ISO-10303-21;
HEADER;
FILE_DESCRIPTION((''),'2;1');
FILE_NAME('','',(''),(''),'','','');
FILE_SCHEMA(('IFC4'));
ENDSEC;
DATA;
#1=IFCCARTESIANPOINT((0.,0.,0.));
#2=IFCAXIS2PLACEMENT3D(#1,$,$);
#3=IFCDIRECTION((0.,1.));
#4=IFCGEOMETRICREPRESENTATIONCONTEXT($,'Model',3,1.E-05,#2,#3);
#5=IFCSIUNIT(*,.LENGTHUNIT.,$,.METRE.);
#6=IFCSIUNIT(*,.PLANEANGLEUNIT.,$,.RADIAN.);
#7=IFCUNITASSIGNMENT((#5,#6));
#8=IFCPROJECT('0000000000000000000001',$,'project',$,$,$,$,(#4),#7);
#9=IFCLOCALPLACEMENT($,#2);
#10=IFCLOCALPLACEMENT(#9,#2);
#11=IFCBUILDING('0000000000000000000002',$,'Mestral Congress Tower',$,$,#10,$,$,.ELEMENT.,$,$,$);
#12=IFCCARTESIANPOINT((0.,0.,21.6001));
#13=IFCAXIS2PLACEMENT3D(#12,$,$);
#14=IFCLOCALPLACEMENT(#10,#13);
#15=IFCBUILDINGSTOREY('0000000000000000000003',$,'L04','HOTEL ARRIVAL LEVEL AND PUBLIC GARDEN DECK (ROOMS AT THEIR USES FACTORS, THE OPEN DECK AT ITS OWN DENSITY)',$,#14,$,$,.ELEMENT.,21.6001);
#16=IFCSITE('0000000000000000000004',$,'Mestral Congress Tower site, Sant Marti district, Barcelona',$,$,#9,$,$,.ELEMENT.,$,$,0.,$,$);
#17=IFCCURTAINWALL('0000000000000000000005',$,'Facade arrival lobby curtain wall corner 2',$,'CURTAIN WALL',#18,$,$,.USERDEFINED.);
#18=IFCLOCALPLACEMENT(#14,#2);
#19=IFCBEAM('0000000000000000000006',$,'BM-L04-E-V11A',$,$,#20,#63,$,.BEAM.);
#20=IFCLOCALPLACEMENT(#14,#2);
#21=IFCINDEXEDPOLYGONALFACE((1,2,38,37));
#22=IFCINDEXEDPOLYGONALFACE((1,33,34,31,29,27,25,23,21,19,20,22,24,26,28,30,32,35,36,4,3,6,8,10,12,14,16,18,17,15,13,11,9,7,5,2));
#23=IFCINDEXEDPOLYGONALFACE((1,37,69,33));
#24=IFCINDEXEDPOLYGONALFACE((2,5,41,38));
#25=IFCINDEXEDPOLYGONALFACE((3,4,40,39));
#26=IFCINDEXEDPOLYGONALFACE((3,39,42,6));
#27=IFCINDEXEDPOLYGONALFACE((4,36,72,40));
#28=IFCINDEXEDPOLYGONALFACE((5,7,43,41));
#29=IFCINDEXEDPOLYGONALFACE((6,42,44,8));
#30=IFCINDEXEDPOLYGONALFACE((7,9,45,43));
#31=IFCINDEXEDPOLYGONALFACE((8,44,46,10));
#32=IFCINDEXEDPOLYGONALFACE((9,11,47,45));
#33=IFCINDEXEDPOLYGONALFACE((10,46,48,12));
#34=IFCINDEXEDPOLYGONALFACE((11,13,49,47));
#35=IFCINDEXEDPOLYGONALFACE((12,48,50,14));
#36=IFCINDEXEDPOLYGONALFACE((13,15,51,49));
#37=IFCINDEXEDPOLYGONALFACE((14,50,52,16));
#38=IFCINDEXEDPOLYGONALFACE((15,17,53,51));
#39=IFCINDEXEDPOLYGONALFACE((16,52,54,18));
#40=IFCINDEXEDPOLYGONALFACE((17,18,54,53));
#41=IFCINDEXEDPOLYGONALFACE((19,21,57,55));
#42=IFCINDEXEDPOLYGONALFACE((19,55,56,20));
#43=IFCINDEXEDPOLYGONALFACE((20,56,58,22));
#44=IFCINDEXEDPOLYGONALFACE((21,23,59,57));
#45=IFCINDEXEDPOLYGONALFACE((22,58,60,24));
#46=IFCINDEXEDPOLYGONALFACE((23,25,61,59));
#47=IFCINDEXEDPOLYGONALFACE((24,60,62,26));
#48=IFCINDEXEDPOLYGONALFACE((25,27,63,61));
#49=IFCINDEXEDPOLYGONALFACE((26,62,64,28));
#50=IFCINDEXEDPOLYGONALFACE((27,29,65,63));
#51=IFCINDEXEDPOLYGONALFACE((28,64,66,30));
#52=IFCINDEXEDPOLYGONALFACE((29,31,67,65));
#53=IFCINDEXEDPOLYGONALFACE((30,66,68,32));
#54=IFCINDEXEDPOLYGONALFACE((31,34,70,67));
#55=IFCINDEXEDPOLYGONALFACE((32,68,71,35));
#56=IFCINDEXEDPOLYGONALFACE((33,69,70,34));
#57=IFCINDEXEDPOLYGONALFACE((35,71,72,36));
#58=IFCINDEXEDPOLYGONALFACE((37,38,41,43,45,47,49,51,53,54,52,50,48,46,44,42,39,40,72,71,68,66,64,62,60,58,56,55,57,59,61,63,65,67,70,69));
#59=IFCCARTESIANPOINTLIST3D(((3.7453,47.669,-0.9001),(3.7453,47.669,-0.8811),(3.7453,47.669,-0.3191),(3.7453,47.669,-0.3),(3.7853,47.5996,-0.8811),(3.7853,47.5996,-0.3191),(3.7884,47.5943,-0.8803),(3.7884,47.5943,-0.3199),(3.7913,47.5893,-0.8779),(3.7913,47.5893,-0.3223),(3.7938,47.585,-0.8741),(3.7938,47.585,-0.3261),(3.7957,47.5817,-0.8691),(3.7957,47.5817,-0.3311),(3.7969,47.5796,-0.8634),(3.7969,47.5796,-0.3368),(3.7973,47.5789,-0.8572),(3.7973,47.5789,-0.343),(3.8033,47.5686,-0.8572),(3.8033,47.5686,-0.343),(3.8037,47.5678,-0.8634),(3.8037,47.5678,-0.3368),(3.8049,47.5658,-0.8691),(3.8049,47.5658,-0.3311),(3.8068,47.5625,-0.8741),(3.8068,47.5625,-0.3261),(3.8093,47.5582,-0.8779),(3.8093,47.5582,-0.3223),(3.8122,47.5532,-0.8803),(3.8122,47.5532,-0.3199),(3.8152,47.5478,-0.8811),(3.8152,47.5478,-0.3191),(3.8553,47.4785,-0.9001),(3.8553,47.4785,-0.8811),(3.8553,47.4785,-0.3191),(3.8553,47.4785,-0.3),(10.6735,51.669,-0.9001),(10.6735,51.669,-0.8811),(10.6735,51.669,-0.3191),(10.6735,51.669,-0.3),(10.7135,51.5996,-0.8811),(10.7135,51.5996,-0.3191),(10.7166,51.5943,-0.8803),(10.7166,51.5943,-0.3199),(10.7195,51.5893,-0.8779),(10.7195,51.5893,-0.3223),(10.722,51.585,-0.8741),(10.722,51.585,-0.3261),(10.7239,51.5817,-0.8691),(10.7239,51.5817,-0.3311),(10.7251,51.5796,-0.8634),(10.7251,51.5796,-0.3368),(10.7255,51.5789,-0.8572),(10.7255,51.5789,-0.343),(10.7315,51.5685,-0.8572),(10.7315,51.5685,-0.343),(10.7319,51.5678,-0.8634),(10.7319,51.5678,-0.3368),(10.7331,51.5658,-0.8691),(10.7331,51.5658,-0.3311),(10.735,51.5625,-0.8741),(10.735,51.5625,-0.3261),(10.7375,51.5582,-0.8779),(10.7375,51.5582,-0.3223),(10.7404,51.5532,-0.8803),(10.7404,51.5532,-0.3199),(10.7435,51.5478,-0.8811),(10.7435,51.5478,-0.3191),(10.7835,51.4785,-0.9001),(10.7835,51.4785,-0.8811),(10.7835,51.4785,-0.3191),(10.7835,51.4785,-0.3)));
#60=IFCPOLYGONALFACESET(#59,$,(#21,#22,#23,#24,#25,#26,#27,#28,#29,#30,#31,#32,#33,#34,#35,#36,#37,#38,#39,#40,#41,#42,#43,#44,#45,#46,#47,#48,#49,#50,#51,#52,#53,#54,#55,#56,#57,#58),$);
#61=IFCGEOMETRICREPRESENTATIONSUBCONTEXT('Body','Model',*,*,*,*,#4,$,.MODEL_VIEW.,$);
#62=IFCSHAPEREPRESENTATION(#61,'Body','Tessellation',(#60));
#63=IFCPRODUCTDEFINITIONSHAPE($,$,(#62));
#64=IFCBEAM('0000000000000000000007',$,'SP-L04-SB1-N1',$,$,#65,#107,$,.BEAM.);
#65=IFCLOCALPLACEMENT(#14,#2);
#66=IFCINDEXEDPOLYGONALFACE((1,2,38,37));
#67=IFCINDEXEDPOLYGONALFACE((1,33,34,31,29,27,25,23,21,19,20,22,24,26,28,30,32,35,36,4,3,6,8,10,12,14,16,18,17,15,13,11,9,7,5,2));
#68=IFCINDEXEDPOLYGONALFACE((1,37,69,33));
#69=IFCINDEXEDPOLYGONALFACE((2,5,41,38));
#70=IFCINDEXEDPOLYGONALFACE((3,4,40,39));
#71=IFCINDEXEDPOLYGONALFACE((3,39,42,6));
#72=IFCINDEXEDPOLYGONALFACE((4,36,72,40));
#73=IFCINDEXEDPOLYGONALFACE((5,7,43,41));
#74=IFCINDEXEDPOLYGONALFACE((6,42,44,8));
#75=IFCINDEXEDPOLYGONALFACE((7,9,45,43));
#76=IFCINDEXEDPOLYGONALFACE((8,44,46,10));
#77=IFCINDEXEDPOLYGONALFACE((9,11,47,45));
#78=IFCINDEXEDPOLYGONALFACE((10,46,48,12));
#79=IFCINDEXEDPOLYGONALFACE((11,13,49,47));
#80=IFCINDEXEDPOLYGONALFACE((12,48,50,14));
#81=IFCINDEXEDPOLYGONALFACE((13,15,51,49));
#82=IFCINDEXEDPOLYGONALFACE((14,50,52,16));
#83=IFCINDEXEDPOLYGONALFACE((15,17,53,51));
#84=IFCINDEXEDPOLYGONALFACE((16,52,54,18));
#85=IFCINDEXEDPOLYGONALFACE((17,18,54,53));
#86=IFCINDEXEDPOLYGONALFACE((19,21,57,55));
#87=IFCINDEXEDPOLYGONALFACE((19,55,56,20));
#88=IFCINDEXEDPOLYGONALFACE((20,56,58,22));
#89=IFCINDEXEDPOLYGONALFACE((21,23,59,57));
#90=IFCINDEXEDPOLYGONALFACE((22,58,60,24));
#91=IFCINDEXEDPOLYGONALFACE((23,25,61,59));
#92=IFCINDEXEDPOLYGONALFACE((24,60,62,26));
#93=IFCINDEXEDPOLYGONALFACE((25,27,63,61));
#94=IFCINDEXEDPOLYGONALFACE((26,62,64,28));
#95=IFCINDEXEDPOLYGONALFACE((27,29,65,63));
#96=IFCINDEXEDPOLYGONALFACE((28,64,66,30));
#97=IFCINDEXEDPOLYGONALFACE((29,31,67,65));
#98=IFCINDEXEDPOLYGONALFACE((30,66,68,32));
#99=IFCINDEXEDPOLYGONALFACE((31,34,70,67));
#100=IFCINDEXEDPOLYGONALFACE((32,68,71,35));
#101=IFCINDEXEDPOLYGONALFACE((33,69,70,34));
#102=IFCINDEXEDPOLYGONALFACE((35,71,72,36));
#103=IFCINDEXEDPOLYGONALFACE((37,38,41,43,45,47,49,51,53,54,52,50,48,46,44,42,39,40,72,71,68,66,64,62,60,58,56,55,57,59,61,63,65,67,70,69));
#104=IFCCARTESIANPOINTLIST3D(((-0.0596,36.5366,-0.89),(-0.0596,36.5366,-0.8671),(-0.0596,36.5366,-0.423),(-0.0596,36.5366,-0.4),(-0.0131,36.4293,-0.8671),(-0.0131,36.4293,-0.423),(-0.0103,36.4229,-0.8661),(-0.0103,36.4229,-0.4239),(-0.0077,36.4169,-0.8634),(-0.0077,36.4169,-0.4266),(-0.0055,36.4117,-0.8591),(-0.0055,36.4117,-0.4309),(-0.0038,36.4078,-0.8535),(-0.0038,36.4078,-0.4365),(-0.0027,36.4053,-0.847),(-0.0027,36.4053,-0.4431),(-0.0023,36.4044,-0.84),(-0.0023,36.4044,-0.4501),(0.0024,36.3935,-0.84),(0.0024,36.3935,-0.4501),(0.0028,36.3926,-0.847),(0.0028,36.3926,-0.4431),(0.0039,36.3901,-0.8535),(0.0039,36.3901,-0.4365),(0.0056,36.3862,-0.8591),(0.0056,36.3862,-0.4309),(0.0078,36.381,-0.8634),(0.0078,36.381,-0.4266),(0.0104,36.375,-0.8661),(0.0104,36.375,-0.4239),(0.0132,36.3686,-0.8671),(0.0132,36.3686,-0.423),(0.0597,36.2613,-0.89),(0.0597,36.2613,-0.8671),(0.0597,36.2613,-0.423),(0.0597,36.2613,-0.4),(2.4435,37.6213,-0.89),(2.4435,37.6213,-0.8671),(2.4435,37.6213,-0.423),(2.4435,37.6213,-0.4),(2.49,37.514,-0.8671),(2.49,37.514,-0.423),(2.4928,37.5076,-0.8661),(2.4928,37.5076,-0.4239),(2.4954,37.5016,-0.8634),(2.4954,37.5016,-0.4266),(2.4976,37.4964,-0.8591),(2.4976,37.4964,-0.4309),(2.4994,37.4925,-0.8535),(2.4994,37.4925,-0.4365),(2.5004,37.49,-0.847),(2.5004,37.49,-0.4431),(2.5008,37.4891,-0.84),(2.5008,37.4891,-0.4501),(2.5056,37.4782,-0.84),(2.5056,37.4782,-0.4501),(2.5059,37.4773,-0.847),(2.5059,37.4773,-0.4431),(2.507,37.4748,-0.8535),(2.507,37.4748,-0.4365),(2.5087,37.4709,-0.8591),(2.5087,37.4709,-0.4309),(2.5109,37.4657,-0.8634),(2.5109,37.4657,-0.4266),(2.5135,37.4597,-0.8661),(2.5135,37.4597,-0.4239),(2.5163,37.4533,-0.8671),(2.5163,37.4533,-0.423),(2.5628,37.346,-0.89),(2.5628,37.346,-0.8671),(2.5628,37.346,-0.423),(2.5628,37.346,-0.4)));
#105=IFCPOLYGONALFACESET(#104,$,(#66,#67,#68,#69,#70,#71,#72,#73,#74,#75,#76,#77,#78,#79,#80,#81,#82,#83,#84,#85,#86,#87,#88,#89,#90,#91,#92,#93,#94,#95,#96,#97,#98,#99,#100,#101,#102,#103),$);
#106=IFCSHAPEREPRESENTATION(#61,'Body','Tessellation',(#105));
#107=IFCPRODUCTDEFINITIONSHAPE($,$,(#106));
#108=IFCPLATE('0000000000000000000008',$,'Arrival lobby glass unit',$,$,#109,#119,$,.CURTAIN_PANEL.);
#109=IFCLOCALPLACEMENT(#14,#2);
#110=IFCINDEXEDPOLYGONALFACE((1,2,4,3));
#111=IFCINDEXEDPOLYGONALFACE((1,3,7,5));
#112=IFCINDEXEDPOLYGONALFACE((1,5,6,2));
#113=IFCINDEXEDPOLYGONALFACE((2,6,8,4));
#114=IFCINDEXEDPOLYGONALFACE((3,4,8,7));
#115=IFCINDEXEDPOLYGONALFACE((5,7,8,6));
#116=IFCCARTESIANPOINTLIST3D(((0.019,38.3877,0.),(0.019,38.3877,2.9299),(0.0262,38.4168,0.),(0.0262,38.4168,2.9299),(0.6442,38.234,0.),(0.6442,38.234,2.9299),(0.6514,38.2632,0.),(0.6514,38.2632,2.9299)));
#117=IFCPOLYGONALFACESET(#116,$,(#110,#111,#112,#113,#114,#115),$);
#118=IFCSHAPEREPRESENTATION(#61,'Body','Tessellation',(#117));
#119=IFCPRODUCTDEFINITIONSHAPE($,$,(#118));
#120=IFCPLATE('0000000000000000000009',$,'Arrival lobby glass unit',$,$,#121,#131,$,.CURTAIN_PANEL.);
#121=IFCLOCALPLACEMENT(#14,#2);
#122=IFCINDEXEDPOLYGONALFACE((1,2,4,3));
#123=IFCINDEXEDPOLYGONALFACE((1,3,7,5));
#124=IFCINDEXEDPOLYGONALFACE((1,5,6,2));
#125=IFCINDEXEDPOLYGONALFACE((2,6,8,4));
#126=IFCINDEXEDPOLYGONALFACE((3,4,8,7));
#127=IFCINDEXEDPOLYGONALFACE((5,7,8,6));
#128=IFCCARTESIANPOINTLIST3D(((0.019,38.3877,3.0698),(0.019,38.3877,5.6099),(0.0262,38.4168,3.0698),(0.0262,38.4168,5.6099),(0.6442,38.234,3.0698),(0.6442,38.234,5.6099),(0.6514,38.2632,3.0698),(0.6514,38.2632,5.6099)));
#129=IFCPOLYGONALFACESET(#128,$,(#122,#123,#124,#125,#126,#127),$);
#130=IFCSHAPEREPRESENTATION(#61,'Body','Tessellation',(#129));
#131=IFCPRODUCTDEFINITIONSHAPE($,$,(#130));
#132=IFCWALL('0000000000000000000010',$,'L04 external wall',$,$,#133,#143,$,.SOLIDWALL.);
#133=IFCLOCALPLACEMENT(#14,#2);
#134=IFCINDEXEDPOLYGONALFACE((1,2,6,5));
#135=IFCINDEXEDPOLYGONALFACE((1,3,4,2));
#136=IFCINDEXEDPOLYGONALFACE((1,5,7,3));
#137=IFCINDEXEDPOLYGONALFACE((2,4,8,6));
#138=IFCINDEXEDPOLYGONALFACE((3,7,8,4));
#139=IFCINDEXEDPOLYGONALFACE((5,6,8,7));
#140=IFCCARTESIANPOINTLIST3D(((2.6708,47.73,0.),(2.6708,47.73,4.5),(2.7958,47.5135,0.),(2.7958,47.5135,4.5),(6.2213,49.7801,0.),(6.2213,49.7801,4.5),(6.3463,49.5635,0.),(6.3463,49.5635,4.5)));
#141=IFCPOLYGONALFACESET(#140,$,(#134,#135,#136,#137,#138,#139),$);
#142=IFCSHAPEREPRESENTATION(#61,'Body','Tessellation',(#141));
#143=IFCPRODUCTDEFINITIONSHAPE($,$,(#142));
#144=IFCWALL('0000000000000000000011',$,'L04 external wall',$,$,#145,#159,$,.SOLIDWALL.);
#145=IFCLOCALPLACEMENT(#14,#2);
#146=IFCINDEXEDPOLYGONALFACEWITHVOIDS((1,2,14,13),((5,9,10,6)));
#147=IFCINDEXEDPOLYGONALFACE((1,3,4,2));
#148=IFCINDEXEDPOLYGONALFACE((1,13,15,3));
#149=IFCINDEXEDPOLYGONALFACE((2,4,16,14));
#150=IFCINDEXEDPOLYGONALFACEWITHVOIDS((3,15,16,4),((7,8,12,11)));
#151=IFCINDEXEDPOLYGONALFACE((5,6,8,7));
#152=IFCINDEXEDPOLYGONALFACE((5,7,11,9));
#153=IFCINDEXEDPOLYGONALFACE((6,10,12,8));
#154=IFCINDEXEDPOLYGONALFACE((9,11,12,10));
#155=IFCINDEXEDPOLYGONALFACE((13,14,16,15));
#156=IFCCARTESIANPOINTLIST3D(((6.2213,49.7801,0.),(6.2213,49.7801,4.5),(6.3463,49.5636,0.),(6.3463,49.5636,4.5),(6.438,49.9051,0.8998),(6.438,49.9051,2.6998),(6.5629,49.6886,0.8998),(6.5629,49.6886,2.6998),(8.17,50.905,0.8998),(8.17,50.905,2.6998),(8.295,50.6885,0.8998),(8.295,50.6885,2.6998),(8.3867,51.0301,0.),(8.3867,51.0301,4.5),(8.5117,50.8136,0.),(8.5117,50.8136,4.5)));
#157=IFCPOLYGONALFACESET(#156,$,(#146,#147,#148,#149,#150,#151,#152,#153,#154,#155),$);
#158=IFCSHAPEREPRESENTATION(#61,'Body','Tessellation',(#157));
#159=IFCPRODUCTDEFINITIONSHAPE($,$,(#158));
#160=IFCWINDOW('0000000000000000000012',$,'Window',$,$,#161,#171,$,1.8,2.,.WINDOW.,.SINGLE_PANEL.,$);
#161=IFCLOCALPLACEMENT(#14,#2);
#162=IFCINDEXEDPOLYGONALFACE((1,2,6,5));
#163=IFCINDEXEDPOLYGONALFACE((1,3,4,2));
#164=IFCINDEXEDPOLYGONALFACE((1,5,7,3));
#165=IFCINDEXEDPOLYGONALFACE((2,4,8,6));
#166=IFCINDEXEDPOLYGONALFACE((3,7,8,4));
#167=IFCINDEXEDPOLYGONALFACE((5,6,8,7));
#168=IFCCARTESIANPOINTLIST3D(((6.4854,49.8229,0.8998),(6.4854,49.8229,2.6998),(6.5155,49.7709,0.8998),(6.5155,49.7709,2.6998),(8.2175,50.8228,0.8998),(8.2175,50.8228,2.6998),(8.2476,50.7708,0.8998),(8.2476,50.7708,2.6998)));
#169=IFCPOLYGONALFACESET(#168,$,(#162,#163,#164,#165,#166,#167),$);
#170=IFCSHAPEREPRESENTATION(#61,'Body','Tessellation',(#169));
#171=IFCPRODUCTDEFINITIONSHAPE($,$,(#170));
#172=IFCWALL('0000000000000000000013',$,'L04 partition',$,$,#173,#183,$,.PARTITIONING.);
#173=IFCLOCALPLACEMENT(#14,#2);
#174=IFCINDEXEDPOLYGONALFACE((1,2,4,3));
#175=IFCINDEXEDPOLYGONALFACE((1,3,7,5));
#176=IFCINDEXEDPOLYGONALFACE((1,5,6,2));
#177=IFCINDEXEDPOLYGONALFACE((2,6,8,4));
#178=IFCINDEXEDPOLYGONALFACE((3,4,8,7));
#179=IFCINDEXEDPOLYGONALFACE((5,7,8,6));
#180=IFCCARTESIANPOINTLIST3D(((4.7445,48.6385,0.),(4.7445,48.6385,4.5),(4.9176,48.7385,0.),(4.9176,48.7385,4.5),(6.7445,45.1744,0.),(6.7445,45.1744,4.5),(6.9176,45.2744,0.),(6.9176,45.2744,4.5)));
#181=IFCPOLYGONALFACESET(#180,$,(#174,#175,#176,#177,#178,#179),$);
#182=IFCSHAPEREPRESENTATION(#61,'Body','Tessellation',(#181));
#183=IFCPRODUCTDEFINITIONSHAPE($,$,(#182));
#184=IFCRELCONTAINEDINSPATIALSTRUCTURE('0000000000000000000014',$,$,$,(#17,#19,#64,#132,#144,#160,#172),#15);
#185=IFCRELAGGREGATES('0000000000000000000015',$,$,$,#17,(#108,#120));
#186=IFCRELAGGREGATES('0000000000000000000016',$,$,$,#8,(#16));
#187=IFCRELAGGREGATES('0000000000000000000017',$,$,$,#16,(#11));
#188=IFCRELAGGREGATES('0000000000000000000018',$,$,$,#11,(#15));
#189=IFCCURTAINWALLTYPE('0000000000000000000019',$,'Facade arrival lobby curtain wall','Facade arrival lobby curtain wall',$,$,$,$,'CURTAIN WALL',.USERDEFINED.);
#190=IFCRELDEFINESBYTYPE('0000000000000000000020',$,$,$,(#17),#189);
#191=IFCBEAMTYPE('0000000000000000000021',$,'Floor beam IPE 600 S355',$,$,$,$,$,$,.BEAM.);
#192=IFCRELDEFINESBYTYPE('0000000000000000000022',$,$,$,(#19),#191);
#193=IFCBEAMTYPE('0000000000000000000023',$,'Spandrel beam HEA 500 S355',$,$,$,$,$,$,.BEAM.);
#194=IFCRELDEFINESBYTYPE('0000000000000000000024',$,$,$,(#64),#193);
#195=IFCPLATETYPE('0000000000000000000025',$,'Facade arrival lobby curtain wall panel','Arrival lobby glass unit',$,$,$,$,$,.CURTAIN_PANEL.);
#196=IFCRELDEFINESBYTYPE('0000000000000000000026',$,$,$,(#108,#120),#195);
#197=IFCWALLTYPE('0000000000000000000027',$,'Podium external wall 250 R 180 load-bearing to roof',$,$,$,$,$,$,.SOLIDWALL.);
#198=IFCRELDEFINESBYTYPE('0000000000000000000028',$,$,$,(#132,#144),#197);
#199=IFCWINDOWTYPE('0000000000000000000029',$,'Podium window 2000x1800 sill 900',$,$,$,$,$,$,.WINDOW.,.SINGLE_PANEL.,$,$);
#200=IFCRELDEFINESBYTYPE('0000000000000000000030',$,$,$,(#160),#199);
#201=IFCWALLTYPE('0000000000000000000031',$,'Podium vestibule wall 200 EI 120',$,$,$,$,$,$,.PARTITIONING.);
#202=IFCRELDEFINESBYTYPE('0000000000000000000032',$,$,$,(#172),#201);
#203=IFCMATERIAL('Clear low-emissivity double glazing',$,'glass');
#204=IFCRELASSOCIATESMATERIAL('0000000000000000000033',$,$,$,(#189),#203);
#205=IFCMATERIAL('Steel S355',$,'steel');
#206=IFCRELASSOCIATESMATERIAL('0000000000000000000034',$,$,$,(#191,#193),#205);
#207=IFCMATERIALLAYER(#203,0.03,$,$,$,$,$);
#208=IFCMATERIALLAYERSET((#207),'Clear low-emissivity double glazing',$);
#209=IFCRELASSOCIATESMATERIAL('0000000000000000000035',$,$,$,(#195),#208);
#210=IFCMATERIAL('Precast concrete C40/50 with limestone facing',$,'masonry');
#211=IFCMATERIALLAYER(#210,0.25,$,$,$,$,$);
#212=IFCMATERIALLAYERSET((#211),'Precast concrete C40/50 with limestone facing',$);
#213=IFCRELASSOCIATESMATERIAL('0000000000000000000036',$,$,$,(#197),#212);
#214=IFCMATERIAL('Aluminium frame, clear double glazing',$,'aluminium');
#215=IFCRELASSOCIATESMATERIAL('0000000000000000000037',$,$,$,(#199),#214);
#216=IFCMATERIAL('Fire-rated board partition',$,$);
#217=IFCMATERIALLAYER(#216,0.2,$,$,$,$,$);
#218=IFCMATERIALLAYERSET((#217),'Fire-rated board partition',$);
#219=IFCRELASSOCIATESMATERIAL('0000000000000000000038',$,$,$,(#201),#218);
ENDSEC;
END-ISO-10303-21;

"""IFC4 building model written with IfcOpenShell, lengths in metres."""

from ifc_helpers import new_model, si_unit, direction, frame, frame_2d, origin, origin_2d, place, context, subcontext, project, spatial, rectangle, i_section, extrude, material, layer, layer_set, material_profile, profile_set, type_object, element, fill, aggregate, save


model = new_model("IFC4")

# Units and contexts
model_context = context("Model", 3, precision=1e-05, world=origin(), true_north=direction((0.0, 1.0)))
body_context = subcontext(model_context, "Body", "Model", "MODEL_VIEW")
ifc_project = project(units=[si_unit("LENGTHUNIT", "METRE"), si_unit("PLANEANGLEUNIT", "RADIAN")], contexts=[model_context])

# Site, building, storey
site_placement = place(None, origin())
site = spatial("IfcSite", under=ifc_project, at=site_placement, Name="Mestral Congress Tower site, Sant Marti district, Barcelona", CompositionType="ELEMENT", RefElevation=0.0)
building_placement = place(site_placement, origin())
building = spatial("IfcBuilding", under=site, at=building_placement, Name="Mestral Congress Tower", CompositionType="ELEMENT")
storey_placement = place(building_placement, frame((0.0, 0.0, 21.6001)))
storey = spatial("IfcBuildingStorey", under=building, at=storey_placement, Name="L04", Description="HOTEL ARRIVAL LEVEL AND PUBLIC GARDEN DECK (ROOMS AT THEIR USES FACTORS, THE OPEN DECK AT ITS OWN DENSITY)", CompositionType="ELEMENT", Elevation=21.6001)

# Curtain wall
ifc_material_1 = material(Name="Clear low-emissivity double glazing", Category="glass")
curtain_wall_type = type_object("IfcCurtainWallType", Name="Facade arrival lobby curtain wall", Description="Facade arrival lobby curtain wall", ElementType="CURTAIN WALL", PredefinedType="USERDEFINED", material=ifc_material_1)
curtain_wall_placement = place(storey_placement, origin())
curtain_wall = element("IfcCurtainWall", 1, at=curtain_wall_placement, inside=storey, type_object=curtain_wall_type, Name="Facade arrival lobby curtain wall corner 2", ObjectType="CURTAIN WALL", PredefinedType="USERDEFINED")

# Beams
ifc_material_2 = material(Name="Steel S355", Category="steel")
ifc_material_profile_1 = material_profile(ifc_material_2, i_section(OverallWidth=0.22, OverallDepth=0.6001, WebThickness=0.012, FlangeThickness=0.019, FilletRadius=0.0239, at=origin_2d()), Name="IPE 600")
ifc_profile_set_1 = profile_set([ifc_material_profile_1], Name="Steel S355")
beam_type_1 = type_object("IfcBeamType", Name="Floor beam IPE 600 S355", PredefinedType="BEAM", material=ifc_profile_set_1)
beam_1_placement = place(storey_placement, frame((3.8003, 47.5737, -0.6001), z_axis=(0.866026, 0.499999, 0.0), x_axis=(-0.499999, 0.866026, 0.0)))
element("IfcBeam", 2, at=beam_1_placement, inside=storey, type_object=beam_type_1, Name="BM-L04-E-V11A", PredefinedType="BEAM", context=body_context, shape_type="SweptSolid", body=[
    extrude(i_section(OverallWidth=0.22, OverallDepth=0.6001, WebThickness=0.012, FlangeThickness=0.019, FilletRadius=0.0239, at=origin_2d()), origin(), (0.0, 0.0, 1.0), 8.0),
])
ifc_material_profile_2 = material_profile(ifc_material_2, i_section(OverallWidth=0.3, OverallDepth=0.49, WebThickness=0.012, FlangeThickness=0.0229, FilletRadius=0.0271, at=origin_2d()), Name="HEA 500")
ifc_profile_set_2 = profile_set([ifc_material_profile_2], Name="Steel S355")
beam_type_2 = type_object("IfcBeamType", Name="Spandrel beam HEA 500 S355", PredefinedType="BEAM", material=ifc_profile_set_2)
beam_2_placement = place(storey_placement, frame((2.5032, 37.4836, -0.645), z_axis=(-0.917555, -0.39761, 0.0), x_axis=(0.39761, -0.917555, 0.0)))
element("IfcBeam", 3, at=beam_2_placement, inside=storey, type_object=beam_type_2, Name="SP-L04-SB1-N1", PredefinedType="BEAM", context=body_context, shape_type="SweptSolid", body=[
    extrude(i_section(OverallWidth=0.3, OverallDepth=0.49, WebThickness=0.012, FlangeThickness=0.0229, FilletRadius=0.0271, at=origin_2d()), origin(), (0.0, 0.0, 1.0), 2.728),
])

# Plates
ifc_layer_1 = layer(ifc_material_1, 0.03)
ifc_layer_set_1 = layer_set([ifc_layer_1], Name="Clear low-emissivity double glazing")
plate_type = type_object("IfcPlateType", Name="Facade arrival lobby curtain wall panel", Description="Arrival lobby glass unit", PredefinedType="CURTAIN_PANEL", material=ifc_layer_set_1)
plate_1_placement = place(storey_placement, frame((0.3352, 38.3254, 0.0), z_axis=(0.0, 0.0, 1.0), x_axis=(-0.971101, 0.238667, 0.0)))
plate_1 = element("IfcPlate", 4, at=plate_1_placement, type_object=plate_type, Name="Arrival lobby glass unit", PredefinedType="CURTAIN_PANEL", context=body_context, shape_type="SweptSolid", body=[
    extrude(rectangle(XDim=0.6438, YDim=0.03, at=origin_2d()), origin(), (0.0, 0.0, 1.0), 2.9299),
])
plate_2_placement = place(storey_placement, frame((0.3352, 38.3254, 3.0698), z_axis=(0.0, 0.0, 1.0), x_axis=(-0.971101, 0.238667, 0.0)))
plate_2 = element("IfcPlate", 5, at=plate_2_placement, type_object=plate_type, Name="Arrival lobby glass unit", PredefinedType="CURTAIN_PANEL", context=body_context, shape_type="SweptSolid", body=[
    extrude(rectangle(XDim=0.6438, YDim=0.03, at=origin_2d()), origin(), (0.0, 0.0, 1.0), 2.54),
])
aggregate(curtain_wall, [plate_1, plate_2])

# Wall
ifc_material_3 = material(Name="Precast concrete C40/50 with limestone facing", Category="masonry")
ifc_layer_2 = layer(ifc_material_3, 0.25)
ifc_layer_set_2 = layer_set([ifc_layer_2], Name="Precast concrete C40/50 with limestone facing")
wall_type_1 = type_object("IfcWallType", Name="Podium external wall 250 R 180 load-bearing to roof", PredefinedType="SOLIDWALL", material=ifc_layer_set_2)
wall_1_placement = place(storey_placement, frame((2.7334, 47.6218, 0.0), z_axis=(0.0, 0.0, 1.0), x_axis=(0.86601, 0.500027, 0.0)))
element("IfcWall", 6, at=wall_1_placement, inside=storey, type_object=wall_type_1, Name="L04 external wall", PredefinedType="SOLIDWALL", context=body_context, shape_type="SweptSolid", body=[
    extrude(rectangle(XDim=4.0999, YDim=0.25, at=frame_2d((2.0498, 0.0))), origin(), (0.0, 0.0, 1.0), 4.5),
])

# Wall, opening, window
wall_2_placement = place(storey_placement, frame((6.2839, 49.6719, 0.0), z_axis=(0.0, 0.0, 1.0), x_axis=(0.866047, 0.499962, 0.0)))
wall_2 = element("IfcWall", 7, at=wall_2_placement, inside=storey, type_object=wall_type_1, Name="L04 external wall", PredefinedType="SOLIDWALL", context=body_context, shape_type="SweptSolid", body=[
    extrude(rectangle(XDim=2.5002, YDim=0.25, at=frame_2d((1.25, 0.0))), origin(), (0.0, 0.0, 1.0), 4.5),
])
opening_1_placement = place(wall_2_placement, frame((0.25, 0.0, 0.8999)))
opening_1 = element("IfcOpeningElement", 8, at=opening_1_placement, cuts=wall_2, PredefinedType="OPENING", context=body_context, shape_type="SweptSolid", body=[
    extrude(rectangle(XDim=2.0, YDim=1.8, at=frame_2d((1.0, 0.8999))), frame((0.0, 0.135, 0.0), z_axis=(0.0, -1.0, 0.0), x_axis=(1.0, 0.0, 0.0)), (0.0, 0.0, 1.0), 0.27),
])
ifc_material_4 = material(Name="Aluminium frame, clear double glazing", Category="aluminium")
window_type = type_object("IfcWindowType", Name="Podium window 2000x1800 sill 900", PartitioningType="SINGLE_PANEL", PredefinedType="WINDOW", material=ifc_material_4)
window_placement = place(opening_1_placement, origin())
window = element("IfcWindow", 9, at=window_placement, inside=storey, type_object=window_type, Name="Window", OverallHeight=1.8, OverallWidth=2.0, PartitioningType="SINGLE_PANEL", PredefinedType="WINDOW", context=body_context, shape_type="SweptSolid", body=[
    extrude(rectangle(XDim=2.0, YDim=1.8, at=frame_2d((1.0, 0.8999))), frame((0.0, 0.03, 0.0), z_axis=(0.0, -1.0, 0.0), x_axis=(1.0, 0.0, 0.0)), (0.0, 0.0, 1.0), 0.0601),
])
fill(opening_1, window)

# Wall
ifc_material_5 = material(Name="Fire-rated board partition")
ifc_layer_3 = layer(ifc_material_5, 0.2)
ifc_layer_set_3 = layer_set([ifc_layer_3], Name="Fire-rated board partition")
wall_type_2 = type_object("IfcWallType", Name="Podium vestibule wall 200 EI 120", PredefinedType="PARTITIONING", material=ifc_layer_set_3)
wall_3_placement = place(storey_placement, frame((6.8311, 45.2244, 0.0), z_axis=(0.0, 0.0, 1.0), x_axis=(-0.499999, 0.866026, 0.0)))
element("IfcWall", 10, at=wall_3_placement, inside=storey, type_object=wall_type_2, Name="L04 partition", PredefinedType="PARTITIONING", context=body_context, shape_type="SweptSolid", body=[
    extrude(rectangle(XDim=4.0, YDim=0.2, at=frame_2d((2.0, 0.0))), origin(), (0.0, 0.0, 1.0), 4.5),
])

save(model, "model.ifc")
